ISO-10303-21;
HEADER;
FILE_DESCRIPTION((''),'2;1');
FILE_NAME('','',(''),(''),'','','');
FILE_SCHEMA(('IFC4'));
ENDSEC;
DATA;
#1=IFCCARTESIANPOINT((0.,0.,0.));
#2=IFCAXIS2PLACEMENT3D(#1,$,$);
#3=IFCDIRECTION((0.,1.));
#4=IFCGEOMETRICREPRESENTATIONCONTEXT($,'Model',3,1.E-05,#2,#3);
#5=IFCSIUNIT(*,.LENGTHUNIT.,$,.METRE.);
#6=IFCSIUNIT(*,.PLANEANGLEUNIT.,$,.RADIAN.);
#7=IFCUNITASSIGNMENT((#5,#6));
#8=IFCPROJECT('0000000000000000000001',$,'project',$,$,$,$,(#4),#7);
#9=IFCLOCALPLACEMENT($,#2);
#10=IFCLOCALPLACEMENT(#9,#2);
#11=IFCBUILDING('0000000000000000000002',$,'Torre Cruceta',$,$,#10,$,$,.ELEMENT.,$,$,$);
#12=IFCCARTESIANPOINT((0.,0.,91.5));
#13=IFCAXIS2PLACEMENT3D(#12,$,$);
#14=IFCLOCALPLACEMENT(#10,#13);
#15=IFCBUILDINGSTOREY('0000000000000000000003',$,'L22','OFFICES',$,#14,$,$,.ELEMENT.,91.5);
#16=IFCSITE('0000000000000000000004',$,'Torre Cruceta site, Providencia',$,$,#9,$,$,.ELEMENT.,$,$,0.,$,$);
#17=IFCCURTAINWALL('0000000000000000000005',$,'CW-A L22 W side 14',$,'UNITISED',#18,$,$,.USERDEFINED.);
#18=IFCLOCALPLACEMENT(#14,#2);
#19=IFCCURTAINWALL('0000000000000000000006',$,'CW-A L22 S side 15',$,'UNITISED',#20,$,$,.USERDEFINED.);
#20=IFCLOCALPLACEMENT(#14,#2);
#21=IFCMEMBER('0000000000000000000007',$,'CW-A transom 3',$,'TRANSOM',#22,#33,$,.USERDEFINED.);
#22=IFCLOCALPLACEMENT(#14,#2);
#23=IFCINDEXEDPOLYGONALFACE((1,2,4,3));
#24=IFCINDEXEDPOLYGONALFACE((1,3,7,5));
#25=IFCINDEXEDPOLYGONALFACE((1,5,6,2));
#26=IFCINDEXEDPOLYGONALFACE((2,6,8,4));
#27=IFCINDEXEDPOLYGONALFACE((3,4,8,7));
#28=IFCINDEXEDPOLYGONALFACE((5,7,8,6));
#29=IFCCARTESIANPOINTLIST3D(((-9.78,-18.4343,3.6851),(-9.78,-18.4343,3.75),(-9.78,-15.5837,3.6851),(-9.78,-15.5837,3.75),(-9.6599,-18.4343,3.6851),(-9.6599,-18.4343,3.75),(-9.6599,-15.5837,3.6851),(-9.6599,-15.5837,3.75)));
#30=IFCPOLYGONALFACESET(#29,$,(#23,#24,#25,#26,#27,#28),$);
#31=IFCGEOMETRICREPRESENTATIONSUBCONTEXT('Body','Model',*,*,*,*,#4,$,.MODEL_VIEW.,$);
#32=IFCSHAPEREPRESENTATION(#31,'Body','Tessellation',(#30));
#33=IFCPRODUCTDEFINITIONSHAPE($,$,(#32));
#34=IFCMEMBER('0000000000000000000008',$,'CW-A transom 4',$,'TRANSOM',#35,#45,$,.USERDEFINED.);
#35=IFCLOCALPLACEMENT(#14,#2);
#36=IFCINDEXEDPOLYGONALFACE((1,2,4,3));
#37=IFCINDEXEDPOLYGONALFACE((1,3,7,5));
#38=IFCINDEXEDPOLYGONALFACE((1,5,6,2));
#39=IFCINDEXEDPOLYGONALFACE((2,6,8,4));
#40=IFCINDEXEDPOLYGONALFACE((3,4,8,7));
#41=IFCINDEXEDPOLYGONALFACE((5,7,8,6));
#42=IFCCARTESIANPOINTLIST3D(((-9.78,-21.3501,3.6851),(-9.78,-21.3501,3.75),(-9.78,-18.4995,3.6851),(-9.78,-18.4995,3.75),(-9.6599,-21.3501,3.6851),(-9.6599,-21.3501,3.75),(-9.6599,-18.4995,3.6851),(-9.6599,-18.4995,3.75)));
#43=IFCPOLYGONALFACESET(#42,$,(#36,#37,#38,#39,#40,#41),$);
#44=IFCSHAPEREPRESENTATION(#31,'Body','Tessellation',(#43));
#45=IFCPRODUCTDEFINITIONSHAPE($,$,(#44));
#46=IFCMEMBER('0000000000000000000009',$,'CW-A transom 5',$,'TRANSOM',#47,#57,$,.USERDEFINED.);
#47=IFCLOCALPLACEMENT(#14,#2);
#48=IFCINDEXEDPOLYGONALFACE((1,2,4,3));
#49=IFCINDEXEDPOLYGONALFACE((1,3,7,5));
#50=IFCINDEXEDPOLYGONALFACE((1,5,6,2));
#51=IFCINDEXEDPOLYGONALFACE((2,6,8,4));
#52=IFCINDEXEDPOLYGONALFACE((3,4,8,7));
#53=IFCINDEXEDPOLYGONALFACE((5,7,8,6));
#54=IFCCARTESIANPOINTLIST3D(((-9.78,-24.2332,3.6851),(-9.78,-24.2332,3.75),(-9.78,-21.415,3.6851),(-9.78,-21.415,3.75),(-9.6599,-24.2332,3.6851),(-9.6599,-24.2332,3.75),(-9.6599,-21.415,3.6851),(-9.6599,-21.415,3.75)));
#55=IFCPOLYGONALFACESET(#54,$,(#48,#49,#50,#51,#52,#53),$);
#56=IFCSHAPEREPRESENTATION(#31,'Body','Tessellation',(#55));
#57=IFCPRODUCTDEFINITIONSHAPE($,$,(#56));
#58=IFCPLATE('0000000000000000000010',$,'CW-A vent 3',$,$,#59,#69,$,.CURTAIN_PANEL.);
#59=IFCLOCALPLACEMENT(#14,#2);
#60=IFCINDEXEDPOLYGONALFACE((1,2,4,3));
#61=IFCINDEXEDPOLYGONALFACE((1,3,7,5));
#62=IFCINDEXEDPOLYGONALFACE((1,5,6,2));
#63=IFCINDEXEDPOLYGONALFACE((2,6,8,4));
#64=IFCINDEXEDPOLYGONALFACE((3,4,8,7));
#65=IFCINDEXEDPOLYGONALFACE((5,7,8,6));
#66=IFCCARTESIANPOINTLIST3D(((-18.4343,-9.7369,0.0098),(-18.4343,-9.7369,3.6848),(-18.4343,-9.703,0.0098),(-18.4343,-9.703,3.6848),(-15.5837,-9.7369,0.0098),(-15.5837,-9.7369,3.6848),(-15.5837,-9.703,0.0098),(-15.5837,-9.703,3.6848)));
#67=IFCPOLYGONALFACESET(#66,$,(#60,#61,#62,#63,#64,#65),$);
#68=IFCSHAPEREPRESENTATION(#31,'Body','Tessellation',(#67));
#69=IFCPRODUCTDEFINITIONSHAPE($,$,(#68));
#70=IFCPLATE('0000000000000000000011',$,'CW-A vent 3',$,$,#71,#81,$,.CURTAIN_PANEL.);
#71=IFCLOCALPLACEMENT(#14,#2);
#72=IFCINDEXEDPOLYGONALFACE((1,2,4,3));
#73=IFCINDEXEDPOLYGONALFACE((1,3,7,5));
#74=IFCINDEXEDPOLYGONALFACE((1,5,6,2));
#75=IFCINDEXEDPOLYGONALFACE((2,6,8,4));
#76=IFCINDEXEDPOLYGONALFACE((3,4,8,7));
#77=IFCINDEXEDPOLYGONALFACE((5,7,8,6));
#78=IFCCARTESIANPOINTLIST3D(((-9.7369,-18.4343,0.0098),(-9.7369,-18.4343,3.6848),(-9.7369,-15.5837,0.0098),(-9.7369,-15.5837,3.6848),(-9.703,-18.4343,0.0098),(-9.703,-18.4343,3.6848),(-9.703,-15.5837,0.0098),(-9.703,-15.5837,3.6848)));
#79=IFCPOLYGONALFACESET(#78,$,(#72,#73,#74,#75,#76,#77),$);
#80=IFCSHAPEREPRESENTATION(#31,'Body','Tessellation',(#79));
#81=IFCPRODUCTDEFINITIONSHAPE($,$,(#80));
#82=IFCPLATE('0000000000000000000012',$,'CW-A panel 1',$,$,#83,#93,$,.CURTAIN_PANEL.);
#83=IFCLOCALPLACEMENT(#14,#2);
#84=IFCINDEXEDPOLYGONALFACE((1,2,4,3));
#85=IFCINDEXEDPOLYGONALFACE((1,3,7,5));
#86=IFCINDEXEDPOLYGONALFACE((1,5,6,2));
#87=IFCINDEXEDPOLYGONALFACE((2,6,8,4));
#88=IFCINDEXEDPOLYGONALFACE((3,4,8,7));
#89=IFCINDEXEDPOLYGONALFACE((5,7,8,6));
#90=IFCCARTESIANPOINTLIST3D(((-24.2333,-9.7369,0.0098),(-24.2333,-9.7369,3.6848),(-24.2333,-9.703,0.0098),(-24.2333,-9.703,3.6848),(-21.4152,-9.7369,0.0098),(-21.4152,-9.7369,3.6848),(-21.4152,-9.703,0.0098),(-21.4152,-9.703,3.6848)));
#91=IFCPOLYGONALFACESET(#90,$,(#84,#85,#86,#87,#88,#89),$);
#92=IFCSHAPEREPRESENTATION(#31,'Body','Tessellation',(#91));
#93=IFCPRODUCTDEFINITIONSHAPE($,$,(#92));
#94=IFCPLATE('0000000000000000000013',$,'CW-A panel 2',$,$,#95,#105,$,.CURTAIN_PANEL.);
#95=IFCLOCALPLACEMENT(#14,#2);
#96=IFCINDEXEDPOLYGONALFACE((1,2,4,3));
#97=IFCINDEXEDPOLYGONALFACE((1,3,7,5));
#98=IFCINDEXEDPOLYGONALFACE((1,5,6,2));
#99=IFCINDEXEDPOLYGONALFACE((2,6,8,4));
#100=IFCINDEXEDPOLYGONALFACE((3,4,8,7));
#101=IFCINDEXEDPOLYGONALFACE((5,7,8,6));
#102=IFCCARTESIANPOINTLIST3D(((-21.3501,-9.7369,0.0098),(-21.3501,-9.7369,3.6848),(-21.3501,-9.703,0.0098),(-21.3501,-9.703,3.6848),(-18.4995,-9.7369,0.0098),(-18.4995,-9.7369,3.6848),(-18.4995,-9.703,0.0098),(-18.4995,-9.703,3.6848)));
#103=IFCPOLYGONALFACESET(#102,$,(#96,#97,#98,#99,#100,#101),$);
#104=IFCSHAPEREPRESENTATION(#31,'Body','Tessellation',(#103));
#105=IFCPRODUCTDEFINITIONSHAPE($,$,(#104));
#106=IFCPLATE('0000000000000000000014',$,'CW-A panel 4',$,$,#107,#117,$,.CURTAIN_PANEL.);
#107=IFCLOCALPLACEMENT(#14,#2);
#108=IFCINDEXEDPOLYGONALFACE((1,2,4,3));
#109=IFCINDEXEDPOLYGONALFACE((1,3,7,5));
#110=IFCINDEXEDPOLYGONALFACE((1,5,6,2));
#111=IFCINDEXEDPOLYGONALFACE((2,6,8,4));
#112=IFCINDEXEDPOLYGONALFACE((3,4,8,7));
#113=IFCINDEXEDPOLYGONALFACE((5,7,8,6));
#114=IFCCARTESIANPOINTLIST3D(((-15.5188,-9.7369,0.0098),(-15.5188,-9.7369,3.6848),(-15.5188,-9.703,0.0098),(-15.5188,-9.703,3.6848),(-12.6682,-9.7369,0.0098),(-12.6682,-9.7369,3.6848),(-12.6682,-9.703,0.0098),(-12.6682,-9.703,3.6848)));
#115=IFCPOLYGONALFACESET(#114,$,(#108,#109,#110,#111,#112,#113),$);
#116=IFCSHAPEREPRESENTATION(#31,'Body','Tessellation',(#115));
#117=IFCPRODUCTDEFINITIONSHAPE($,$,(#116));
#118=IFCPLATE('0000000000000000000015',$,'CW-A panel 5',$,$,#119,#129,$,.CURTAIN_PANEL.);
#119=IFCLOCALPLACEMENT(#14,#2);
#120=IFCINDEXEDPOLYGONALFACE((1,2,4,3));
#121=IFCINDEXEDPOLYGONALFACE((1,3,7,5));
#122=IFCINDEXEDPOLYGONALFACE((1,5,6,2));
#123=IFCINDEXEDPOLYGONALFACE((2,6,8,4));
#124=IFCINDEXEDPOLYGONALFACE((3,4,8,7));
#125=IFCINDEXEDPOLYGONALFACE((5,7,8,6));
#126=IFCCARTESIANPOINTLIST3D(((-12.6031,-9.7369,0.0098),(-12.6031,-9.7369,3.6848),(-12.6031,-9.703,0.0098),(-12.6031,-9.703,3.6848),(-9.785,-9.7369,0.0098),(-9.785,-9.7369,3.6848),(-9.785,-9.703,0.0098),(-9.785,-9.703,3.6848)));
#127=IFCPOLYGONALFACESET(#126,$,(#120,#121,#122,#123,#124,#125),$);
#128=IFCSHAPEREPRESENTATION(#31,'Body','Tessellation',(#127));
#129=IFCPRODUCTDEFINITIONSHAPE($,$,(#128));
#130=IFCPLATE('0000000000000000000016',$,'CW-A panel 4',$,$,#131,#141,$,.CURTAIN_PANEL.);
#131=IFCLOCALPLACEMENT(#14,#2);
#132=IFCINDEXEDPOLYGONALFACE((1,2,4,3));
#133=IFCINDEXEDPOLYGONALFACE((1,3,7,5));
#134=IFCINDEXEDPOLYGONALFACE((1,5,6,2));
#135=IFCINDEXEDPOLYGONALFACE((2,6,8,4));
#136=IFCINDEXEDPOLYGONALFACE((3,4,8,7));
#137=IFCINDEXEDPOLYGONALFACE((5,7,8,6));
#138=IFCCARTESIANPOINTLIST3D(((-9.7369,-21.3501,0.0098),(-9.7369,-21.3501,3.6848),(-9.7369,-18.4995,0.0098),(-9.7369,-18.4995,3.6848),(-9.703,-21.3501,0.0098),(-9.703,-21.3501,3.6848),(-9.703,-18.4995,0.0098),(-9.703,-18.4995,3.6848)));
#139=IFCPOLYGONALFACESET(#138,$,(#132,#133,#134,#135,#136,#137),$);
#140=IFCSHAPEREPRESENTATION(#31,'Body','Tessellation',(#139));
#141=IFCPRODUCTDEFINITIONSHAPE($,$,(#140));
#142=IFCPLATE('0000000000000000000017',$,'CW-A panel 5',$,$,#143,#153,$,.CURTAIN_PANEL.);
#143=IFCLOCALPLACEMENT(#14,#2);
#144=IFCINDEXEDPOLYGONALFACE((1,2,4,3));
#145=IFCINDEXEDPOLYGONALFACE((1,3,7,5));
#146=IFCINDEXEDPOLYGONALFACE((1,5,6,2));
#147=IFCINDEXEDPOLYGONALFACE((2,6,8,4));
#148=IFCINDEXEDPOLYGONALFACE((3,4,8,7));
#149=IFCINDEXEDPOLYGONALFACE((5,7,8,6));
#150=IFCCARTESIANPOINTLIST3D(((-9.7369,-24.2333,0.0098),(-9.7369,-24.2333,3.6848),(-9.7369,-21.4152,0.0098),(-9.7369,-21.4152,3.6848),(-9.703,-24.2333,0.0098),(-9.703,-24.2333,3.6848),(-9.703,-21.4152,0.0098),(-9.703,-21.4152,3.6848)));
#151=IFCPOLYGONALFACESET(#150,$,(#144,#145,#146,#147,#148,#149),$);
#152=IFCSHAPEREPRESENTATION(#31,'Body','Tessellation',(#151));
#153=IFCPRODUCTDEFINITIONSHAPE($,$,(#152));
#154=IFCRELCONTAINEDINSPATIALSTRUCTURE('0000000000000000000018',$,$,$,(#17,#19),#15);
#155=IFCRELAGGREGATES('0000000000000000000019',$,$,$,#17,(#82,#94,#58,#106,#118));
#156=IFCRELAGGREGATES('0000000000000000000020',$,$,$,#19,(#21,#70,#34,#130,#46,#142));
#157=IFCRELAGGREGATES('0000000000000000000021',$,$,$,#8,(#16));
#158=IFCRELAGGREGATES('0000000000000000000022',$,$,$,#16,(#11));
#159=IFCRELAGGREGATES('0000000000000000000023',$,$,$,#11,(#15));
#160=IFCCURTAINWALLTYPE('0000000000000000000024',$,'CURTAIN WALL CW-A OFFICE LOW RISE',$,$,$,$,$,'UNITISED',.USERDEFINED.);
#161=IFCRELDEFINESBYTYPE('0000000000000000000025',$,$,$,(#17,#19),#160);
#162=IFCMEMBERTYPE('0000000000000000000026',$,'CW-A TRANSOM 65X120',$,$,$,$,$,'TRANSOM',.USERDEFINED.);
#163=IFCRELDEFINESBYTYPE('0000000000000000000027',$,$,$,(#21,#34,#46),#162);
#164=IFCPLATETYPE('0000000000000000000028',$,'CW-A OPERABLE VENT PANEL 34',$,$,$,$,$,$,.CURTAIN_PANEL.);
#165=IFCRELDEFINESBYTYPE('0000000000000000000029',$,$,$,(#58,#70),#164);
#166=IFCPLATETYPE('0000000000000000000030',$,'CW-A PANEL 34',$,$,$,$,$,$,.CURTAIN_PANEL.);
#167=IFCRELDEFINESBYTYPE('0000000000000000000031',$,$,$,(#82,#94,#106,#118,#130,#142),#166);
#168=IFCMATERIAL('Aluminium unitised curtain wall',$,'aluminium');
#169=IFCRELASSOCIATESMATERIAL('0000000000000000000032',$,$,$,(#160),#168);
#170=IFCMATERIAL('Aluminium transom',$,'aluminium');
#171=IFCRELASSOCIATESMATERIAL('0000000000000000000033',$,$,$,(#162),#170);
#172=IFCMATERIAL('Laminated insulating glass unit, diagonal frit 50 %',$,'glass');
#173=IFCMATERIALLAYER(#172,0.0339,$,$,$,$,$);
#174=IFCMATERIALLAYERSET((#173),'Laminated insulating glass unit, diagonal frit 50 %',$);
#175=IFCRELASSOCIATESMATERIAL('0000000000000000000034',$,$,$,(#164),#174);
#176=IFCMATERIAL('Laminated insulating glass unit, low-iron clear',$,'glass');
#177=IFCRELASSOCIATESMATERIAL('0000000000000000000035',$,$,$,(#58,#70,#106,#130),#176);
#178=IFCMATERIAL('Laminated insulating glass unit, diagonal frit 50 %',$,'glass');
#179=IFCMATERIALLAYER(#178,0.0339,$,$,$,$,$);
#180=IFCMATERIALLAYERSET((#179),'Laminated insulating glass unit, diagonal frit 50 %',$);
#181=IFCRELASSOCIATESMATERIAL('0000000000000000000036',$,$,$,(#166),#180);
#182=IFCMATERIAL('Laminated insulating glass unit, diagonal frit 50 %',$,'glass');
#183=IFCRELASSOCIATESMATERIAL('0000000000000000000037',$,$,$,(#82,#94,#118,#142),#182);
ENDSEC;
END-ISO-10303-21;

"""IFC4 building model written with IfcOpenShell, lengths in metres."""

from ifc_helpers import new_model, si_unit, direction, frame, origin, origin_2d, place, context, subcontext, project, spatial, rectangle, extrude, material, layer, layer_set, material_profile, profile_set, type_object, element, aggregate, save


model = new_model("IFC4")

# Units and contexts
model_context = context("Model", 3, precision=1e-05, world=origin(), true_north=direction((0.0, 1.0)))
body_context = subcontext(model_context, "Body", "Model", "MODEL_VIEW")
ifc_project = project(units=[si_unit("LENGTHUNIT", "METRE"), si_unit("PLANEANGLEUNIT", "RADIAN")], contexts=[model_context])

# Site, building, storey
site_placement = place(None, origin())
site = spatial("IfcSite", under=ifc_project, at=site_placement, Name="Torre Cruceta site, Providencia", CompositionType="ELEMENT", RefElevation=0.0)
building_placement = place(site_placement, origin())
building = spatial("IfcBuilding", under=site, at=building_placement, Name="Torre Cruceta", CompositionType="ELEMENT")
storey_placement = place(building_placement, frame((0.0, 0.0, 91.5)))
storey = spatial("IfcBuildingStorey", under=building, at=storey_placement, Name="L22", Description="OFFICES", CompositionType="ELEMENT", Elevation=91.5)

# Curtain walls
ifc_material_1 = material(Name="Aluminium unitised curtain wall", Category="aluminium")
curtain_wall_type = type_object("IfcCurtainWallType", Name="CURTAIN WALL CW-A OFFICE LOW RISE", ElementType="UNITISED", PredefinedType="USERDEFINED", material=ifc_material_1)
curtain_wall_1_placement = place(storey_placement, origin())
curtain_wall_1 = element("IfcCurtainWall", 1, at=curtain_wall_1_placement, inside=storey, type_object=curtain_wall_type, Name="CW-A L22 W side 14", ObjectType="UNITISED", PredefinedType="USERDEFINED")
curtain_wall_2_placement = place(storey_placement, origin())
curtain_wall_2 = element("IfcCurtainWall", 2, at=curtain_wall_2_placement, inside=storey, type_object=curtain_wall_type, Name="CW-A L22 S side 15", ObjectType="UNITISED", PredefinedType="USERDEFINED")

# Members
ifc_material_2 = material(Name="Aluminium transom", Category="aluminium")
ifc_material_profile_1 = material_profile(ifc_material_2, rectangle(XDim=0.1201, YDim=0.0649, at=origin_2d()), Name="AL 120X65")
ifc_profile_set_1 = profile_set([ifc_material_profile_1], Name="Aluminium transom")
member_type_1 = type_object("IfcMemberType", Name="CW-A TRANSOM 65X120", ElementType="TRANSOM", PredefinedType="USERDEFINED", material=ifc_profile_set_1)
member_1_placement = place(storey_placement, frame((-9.72, -15.5837, 3.7175), z_axis=(0.0, -1.0, 0.0), x_axis=(1.0, 0.0, 0.0)))
member_1 = element("IfcMember", 3, at=member_1_placement, type_object=member_type_1, Name="CW-A transom 3", ObjectType="TRANSOM", PredefinedType="USERDEFINED", context=body_context, shape_type="SweptSolid", body=[
    extrude(rectangle(XDim=0.1201, YDim=0.0649, at=origin_2d()), origin(), (0.0, 0.0, 1.0), 2.8506),
])
member_2_placement = place(storey_placement, frame((-9.72, -18.4995, 3.7175), z_axis=(0.0, -1.0, 0.0), x_axis=(1.0, 0.0, 0.0)))
member_2 = element("IfcMember", 4, at=member_2_placement, type_object=member_type_1, Name="CW-A transom 4", ObjectType="TRANSOM", PredefinedType="USERDEFINED", context=body_context, shape_type="SweptSolid", body=[
    extrude(rectangle(XDim=0.1201, YDim=0.0649, at=origin_2d()), origin(), (0.0, 0.0, 1.0), 2.8506),
])
member_3_placement = place(storey_placement, frame((-9.72, -21.415, 3.7175), z_axis=(0.0, -1.0, 0.0), x_axis=(1.0, 0.0, 0.0)))
member_3 = element("IfcMember", 5, at=member_3_placement, type_object=member_type_1, Name="CW-A transom 5", ObjectType="TRANSOM", PredefinedType="USERDEFINED", context=body_context, shape_type="SweptSolid", body=[
    extrude(rectangle(XDim=0.1201, YDim=0.0649, at=origin_2d()), origin(), (0.0, 0.0, 1.0), 2.8181),
])

# Plates
ifc_material_3 = material(Name="Laminated insulating glass unit, low-iron clear", Category="glass")
ifc_material_4 = material(Name="Laminated insulating glass unit, diagonal frit 50 %", Category="glass")
ifc_layer_1 = layer(ifc_material_4, 0.0339)
ifc_layer_set_1 = layer_set([ifc_layer_1], Name="Laminated insulating glass unit, diagonal frit 50 %")
plate_type_1 = type_object("IfcPlateType", Name="CW-A OPERABLE VENT PANEL 34", PredefinedType="CURTAIN_PANEL", material=ifc_layer_set_1)
plate_1_placement = place(storey_placement, frame((-17.009, -9.72, 0.0098), z_axis=(0.0, 0.0, 1.0), x_axis=(1.0, 0.0, 0.0)))
plate_1 = element("IfcPlate", 6, at=plate_1_placement, type_object=plate_type_1, material=ifc_material_3, Name="CW-A vent 3", PredefinedType="CURTAIN_PANEL", context=body_context, shape_type="SweptSolid", body=[
    extrude(rectangle(XDim=2.8506, YDim=0.0339, at=origin_2d()), origin(), (0.0, 0.0, 1.0), 3.675),
])
plate_2_placement = place(storey_placement, frame((-9.72, -17.009, 0.0098), z_axis=(0.0, 0.0, 1.0), x_axis=(0.0, -1.0, 0.0)))
plate_2 = element("IfcPlate", 7, at=plate_2_placement, type_object=plate_type_1, material=ifc_material_3, Name="CW-A vent 3", PredefinedType="CURTAIN_PANEL", context=body_context, shape_type="SweptSolid", body=[
    extrude(rectangle(XDim=2.8506, YDim=0.0339, at=origin_2d()), origin(), (0.0, 0.0, 1.0), 3.675),
])
ifc_material_5 = material(Name="Laminated insulating glass unit, diagonal frit 50 %", Category="glass")
ifc_material_6 = material(Name="Laminated insulating glass unit, diagonal frit 50 %", Category="glass")
ifc_layer_2 = layer(ifc_material_6, 0.0339)
ifc_layer_set_2 = layer_set([ifc_layer_2], Name="Laminated insulating glass unit, diagonal frit 50 %")
plate_type_2 = type_object("IfcPlateType", Name="CW-A PANEL 34", PredefinedType="CURTAIN_PANEL", material=ifc_layer_set_2)
plate_3_placement = place(storey_placement, frame((-22.8242, -9.72, 0.0098), z_axis=(0.0, 0.0, 1.0), x_axis=(1.0, 0.0, 0.0)))
plate_3 = element("IfcPlate", 8, at=plate_3_placement, type_object=plate_type_2, material=ifc_material_5, Name="CW-A panel 1", PredefinedType="CURTAIN_PANEL", context=body_context, shape_type="SweptSolid", body=[
    extrude(rectangle(XDim=2.8181, YDim=0.0339, at=origin_2d()), origin(), (0.0, 0.0, 1.0), 3.675),
])
plate_4_placement = place(storey_placement, frame((-19.9248, -9.72, 0.0098), z_axis=(0.0, 0.0, 1.0), x_axis=(1.0, 0.0, 0.0)))
plate_4 = element("IfcPlate", 9, at=plate_4_placement, type_object=plate_type_2, material=ifc_material_5, Name="CW-A panel 2", PredefinedType="CURTAIN_PANEL", context=body_context, shape_type="SweptSolid", body=[
    extrude(rectangle(XDim=2.8506, YDim=0.0339, at=origin_2d()), origin(), (0.0, 0.0, 1.0), 3.675),
])
plate_5_placement = place(storey_placement, frame((-14.0935, -9.72, 0.0098), z_axis=(0.0, 0.0, 1.0), x_axis=(1.0, 0.0, 0.0)))
plate_5 = element("IfcPlate", 10, at=plate_5_placement, type_object=plate_type_2, material=ifc_material_3, Name="CW-A panel 4", PredefinedType="CURTAIN_PANEL", context=body_context, shape_type="SweptSolid", body=[
    extrude(rectangle(XDim=2.8506, YDim=0.0339, at=origin_2d()), origin(), (0.0, 0.0, 1.0), 3.675),
])
plate_6_placement = place(storey_placement, frame((-11.1941, -9.72, 0.0098), z_axis=(0.0, 0.0, 1.0), x_axis=(1.0, 0.0, 0.0)))
plate_6 = element("IfcPlate", 11, at=plate_6_placement, type_object=plate_type_2, material=ifc_material_5, Name="CW-A panel 5", PredefinedType="CURTAIN_PANEL", context=body_context, shape_type="SweptSolid", body=[
    extrude(rectangle(XDim=2.8181, YDim=0.0339, at=origin_2d()), origin(), (0.0, 0.0, 1.0), 3.675),
])
aggregate(curtain_wall_1, [plate_3, plate_4, plate_1, plate_5, plate_6])
plate_7_placement = place(storey_placement, frame((-9.72, -19.9248, 0.0098), z_axis=(0.0, 0.0, 1.0), x_axis=(0.0, -1.0, 0.0)))
plate_7 = element("IfcPlate", 12, at=plate_7_placement, type_object=plate_type_2, material=ifc_material_3, Name="CW-A panel 4", PredefinedType="CURTAIN_PANEL", context=body_context, shape_type="SweptSolid", body=[
    extrude(rectangle(XDim=2.8506, YDim=0.0339, at=origin_2d()), origin(), (0.0, 0.0, 1.0), 3.675),
])
plate_8_placement = place(storey_placement, frame((-9.72, -22.8242, 0.0098), z_axis=(0.0, 0.0, 1.0), x_axis=(0.0, -1.0, 0.0)))
plate_8 = element("IfcPlate", 13, at=plate_8_placement, type_object=plate_type_2, material=ifc_material_5, Name="CW-A panel 5", PredefinedType="CURTAIN_PANEL", context=body_context, shape_type="SweptSolid", body=[
    extrude(rectangle(XDim=2.8181, YDim=0.0339, at=origin_2d()), origin(), (0.0, 0.0, 1.0), 3.675),
])
aggregate(curtain_wall_2, [member_1, plate_2, member_2, plate_7, member_3, plate_8])

save(model, "model.ifc")
